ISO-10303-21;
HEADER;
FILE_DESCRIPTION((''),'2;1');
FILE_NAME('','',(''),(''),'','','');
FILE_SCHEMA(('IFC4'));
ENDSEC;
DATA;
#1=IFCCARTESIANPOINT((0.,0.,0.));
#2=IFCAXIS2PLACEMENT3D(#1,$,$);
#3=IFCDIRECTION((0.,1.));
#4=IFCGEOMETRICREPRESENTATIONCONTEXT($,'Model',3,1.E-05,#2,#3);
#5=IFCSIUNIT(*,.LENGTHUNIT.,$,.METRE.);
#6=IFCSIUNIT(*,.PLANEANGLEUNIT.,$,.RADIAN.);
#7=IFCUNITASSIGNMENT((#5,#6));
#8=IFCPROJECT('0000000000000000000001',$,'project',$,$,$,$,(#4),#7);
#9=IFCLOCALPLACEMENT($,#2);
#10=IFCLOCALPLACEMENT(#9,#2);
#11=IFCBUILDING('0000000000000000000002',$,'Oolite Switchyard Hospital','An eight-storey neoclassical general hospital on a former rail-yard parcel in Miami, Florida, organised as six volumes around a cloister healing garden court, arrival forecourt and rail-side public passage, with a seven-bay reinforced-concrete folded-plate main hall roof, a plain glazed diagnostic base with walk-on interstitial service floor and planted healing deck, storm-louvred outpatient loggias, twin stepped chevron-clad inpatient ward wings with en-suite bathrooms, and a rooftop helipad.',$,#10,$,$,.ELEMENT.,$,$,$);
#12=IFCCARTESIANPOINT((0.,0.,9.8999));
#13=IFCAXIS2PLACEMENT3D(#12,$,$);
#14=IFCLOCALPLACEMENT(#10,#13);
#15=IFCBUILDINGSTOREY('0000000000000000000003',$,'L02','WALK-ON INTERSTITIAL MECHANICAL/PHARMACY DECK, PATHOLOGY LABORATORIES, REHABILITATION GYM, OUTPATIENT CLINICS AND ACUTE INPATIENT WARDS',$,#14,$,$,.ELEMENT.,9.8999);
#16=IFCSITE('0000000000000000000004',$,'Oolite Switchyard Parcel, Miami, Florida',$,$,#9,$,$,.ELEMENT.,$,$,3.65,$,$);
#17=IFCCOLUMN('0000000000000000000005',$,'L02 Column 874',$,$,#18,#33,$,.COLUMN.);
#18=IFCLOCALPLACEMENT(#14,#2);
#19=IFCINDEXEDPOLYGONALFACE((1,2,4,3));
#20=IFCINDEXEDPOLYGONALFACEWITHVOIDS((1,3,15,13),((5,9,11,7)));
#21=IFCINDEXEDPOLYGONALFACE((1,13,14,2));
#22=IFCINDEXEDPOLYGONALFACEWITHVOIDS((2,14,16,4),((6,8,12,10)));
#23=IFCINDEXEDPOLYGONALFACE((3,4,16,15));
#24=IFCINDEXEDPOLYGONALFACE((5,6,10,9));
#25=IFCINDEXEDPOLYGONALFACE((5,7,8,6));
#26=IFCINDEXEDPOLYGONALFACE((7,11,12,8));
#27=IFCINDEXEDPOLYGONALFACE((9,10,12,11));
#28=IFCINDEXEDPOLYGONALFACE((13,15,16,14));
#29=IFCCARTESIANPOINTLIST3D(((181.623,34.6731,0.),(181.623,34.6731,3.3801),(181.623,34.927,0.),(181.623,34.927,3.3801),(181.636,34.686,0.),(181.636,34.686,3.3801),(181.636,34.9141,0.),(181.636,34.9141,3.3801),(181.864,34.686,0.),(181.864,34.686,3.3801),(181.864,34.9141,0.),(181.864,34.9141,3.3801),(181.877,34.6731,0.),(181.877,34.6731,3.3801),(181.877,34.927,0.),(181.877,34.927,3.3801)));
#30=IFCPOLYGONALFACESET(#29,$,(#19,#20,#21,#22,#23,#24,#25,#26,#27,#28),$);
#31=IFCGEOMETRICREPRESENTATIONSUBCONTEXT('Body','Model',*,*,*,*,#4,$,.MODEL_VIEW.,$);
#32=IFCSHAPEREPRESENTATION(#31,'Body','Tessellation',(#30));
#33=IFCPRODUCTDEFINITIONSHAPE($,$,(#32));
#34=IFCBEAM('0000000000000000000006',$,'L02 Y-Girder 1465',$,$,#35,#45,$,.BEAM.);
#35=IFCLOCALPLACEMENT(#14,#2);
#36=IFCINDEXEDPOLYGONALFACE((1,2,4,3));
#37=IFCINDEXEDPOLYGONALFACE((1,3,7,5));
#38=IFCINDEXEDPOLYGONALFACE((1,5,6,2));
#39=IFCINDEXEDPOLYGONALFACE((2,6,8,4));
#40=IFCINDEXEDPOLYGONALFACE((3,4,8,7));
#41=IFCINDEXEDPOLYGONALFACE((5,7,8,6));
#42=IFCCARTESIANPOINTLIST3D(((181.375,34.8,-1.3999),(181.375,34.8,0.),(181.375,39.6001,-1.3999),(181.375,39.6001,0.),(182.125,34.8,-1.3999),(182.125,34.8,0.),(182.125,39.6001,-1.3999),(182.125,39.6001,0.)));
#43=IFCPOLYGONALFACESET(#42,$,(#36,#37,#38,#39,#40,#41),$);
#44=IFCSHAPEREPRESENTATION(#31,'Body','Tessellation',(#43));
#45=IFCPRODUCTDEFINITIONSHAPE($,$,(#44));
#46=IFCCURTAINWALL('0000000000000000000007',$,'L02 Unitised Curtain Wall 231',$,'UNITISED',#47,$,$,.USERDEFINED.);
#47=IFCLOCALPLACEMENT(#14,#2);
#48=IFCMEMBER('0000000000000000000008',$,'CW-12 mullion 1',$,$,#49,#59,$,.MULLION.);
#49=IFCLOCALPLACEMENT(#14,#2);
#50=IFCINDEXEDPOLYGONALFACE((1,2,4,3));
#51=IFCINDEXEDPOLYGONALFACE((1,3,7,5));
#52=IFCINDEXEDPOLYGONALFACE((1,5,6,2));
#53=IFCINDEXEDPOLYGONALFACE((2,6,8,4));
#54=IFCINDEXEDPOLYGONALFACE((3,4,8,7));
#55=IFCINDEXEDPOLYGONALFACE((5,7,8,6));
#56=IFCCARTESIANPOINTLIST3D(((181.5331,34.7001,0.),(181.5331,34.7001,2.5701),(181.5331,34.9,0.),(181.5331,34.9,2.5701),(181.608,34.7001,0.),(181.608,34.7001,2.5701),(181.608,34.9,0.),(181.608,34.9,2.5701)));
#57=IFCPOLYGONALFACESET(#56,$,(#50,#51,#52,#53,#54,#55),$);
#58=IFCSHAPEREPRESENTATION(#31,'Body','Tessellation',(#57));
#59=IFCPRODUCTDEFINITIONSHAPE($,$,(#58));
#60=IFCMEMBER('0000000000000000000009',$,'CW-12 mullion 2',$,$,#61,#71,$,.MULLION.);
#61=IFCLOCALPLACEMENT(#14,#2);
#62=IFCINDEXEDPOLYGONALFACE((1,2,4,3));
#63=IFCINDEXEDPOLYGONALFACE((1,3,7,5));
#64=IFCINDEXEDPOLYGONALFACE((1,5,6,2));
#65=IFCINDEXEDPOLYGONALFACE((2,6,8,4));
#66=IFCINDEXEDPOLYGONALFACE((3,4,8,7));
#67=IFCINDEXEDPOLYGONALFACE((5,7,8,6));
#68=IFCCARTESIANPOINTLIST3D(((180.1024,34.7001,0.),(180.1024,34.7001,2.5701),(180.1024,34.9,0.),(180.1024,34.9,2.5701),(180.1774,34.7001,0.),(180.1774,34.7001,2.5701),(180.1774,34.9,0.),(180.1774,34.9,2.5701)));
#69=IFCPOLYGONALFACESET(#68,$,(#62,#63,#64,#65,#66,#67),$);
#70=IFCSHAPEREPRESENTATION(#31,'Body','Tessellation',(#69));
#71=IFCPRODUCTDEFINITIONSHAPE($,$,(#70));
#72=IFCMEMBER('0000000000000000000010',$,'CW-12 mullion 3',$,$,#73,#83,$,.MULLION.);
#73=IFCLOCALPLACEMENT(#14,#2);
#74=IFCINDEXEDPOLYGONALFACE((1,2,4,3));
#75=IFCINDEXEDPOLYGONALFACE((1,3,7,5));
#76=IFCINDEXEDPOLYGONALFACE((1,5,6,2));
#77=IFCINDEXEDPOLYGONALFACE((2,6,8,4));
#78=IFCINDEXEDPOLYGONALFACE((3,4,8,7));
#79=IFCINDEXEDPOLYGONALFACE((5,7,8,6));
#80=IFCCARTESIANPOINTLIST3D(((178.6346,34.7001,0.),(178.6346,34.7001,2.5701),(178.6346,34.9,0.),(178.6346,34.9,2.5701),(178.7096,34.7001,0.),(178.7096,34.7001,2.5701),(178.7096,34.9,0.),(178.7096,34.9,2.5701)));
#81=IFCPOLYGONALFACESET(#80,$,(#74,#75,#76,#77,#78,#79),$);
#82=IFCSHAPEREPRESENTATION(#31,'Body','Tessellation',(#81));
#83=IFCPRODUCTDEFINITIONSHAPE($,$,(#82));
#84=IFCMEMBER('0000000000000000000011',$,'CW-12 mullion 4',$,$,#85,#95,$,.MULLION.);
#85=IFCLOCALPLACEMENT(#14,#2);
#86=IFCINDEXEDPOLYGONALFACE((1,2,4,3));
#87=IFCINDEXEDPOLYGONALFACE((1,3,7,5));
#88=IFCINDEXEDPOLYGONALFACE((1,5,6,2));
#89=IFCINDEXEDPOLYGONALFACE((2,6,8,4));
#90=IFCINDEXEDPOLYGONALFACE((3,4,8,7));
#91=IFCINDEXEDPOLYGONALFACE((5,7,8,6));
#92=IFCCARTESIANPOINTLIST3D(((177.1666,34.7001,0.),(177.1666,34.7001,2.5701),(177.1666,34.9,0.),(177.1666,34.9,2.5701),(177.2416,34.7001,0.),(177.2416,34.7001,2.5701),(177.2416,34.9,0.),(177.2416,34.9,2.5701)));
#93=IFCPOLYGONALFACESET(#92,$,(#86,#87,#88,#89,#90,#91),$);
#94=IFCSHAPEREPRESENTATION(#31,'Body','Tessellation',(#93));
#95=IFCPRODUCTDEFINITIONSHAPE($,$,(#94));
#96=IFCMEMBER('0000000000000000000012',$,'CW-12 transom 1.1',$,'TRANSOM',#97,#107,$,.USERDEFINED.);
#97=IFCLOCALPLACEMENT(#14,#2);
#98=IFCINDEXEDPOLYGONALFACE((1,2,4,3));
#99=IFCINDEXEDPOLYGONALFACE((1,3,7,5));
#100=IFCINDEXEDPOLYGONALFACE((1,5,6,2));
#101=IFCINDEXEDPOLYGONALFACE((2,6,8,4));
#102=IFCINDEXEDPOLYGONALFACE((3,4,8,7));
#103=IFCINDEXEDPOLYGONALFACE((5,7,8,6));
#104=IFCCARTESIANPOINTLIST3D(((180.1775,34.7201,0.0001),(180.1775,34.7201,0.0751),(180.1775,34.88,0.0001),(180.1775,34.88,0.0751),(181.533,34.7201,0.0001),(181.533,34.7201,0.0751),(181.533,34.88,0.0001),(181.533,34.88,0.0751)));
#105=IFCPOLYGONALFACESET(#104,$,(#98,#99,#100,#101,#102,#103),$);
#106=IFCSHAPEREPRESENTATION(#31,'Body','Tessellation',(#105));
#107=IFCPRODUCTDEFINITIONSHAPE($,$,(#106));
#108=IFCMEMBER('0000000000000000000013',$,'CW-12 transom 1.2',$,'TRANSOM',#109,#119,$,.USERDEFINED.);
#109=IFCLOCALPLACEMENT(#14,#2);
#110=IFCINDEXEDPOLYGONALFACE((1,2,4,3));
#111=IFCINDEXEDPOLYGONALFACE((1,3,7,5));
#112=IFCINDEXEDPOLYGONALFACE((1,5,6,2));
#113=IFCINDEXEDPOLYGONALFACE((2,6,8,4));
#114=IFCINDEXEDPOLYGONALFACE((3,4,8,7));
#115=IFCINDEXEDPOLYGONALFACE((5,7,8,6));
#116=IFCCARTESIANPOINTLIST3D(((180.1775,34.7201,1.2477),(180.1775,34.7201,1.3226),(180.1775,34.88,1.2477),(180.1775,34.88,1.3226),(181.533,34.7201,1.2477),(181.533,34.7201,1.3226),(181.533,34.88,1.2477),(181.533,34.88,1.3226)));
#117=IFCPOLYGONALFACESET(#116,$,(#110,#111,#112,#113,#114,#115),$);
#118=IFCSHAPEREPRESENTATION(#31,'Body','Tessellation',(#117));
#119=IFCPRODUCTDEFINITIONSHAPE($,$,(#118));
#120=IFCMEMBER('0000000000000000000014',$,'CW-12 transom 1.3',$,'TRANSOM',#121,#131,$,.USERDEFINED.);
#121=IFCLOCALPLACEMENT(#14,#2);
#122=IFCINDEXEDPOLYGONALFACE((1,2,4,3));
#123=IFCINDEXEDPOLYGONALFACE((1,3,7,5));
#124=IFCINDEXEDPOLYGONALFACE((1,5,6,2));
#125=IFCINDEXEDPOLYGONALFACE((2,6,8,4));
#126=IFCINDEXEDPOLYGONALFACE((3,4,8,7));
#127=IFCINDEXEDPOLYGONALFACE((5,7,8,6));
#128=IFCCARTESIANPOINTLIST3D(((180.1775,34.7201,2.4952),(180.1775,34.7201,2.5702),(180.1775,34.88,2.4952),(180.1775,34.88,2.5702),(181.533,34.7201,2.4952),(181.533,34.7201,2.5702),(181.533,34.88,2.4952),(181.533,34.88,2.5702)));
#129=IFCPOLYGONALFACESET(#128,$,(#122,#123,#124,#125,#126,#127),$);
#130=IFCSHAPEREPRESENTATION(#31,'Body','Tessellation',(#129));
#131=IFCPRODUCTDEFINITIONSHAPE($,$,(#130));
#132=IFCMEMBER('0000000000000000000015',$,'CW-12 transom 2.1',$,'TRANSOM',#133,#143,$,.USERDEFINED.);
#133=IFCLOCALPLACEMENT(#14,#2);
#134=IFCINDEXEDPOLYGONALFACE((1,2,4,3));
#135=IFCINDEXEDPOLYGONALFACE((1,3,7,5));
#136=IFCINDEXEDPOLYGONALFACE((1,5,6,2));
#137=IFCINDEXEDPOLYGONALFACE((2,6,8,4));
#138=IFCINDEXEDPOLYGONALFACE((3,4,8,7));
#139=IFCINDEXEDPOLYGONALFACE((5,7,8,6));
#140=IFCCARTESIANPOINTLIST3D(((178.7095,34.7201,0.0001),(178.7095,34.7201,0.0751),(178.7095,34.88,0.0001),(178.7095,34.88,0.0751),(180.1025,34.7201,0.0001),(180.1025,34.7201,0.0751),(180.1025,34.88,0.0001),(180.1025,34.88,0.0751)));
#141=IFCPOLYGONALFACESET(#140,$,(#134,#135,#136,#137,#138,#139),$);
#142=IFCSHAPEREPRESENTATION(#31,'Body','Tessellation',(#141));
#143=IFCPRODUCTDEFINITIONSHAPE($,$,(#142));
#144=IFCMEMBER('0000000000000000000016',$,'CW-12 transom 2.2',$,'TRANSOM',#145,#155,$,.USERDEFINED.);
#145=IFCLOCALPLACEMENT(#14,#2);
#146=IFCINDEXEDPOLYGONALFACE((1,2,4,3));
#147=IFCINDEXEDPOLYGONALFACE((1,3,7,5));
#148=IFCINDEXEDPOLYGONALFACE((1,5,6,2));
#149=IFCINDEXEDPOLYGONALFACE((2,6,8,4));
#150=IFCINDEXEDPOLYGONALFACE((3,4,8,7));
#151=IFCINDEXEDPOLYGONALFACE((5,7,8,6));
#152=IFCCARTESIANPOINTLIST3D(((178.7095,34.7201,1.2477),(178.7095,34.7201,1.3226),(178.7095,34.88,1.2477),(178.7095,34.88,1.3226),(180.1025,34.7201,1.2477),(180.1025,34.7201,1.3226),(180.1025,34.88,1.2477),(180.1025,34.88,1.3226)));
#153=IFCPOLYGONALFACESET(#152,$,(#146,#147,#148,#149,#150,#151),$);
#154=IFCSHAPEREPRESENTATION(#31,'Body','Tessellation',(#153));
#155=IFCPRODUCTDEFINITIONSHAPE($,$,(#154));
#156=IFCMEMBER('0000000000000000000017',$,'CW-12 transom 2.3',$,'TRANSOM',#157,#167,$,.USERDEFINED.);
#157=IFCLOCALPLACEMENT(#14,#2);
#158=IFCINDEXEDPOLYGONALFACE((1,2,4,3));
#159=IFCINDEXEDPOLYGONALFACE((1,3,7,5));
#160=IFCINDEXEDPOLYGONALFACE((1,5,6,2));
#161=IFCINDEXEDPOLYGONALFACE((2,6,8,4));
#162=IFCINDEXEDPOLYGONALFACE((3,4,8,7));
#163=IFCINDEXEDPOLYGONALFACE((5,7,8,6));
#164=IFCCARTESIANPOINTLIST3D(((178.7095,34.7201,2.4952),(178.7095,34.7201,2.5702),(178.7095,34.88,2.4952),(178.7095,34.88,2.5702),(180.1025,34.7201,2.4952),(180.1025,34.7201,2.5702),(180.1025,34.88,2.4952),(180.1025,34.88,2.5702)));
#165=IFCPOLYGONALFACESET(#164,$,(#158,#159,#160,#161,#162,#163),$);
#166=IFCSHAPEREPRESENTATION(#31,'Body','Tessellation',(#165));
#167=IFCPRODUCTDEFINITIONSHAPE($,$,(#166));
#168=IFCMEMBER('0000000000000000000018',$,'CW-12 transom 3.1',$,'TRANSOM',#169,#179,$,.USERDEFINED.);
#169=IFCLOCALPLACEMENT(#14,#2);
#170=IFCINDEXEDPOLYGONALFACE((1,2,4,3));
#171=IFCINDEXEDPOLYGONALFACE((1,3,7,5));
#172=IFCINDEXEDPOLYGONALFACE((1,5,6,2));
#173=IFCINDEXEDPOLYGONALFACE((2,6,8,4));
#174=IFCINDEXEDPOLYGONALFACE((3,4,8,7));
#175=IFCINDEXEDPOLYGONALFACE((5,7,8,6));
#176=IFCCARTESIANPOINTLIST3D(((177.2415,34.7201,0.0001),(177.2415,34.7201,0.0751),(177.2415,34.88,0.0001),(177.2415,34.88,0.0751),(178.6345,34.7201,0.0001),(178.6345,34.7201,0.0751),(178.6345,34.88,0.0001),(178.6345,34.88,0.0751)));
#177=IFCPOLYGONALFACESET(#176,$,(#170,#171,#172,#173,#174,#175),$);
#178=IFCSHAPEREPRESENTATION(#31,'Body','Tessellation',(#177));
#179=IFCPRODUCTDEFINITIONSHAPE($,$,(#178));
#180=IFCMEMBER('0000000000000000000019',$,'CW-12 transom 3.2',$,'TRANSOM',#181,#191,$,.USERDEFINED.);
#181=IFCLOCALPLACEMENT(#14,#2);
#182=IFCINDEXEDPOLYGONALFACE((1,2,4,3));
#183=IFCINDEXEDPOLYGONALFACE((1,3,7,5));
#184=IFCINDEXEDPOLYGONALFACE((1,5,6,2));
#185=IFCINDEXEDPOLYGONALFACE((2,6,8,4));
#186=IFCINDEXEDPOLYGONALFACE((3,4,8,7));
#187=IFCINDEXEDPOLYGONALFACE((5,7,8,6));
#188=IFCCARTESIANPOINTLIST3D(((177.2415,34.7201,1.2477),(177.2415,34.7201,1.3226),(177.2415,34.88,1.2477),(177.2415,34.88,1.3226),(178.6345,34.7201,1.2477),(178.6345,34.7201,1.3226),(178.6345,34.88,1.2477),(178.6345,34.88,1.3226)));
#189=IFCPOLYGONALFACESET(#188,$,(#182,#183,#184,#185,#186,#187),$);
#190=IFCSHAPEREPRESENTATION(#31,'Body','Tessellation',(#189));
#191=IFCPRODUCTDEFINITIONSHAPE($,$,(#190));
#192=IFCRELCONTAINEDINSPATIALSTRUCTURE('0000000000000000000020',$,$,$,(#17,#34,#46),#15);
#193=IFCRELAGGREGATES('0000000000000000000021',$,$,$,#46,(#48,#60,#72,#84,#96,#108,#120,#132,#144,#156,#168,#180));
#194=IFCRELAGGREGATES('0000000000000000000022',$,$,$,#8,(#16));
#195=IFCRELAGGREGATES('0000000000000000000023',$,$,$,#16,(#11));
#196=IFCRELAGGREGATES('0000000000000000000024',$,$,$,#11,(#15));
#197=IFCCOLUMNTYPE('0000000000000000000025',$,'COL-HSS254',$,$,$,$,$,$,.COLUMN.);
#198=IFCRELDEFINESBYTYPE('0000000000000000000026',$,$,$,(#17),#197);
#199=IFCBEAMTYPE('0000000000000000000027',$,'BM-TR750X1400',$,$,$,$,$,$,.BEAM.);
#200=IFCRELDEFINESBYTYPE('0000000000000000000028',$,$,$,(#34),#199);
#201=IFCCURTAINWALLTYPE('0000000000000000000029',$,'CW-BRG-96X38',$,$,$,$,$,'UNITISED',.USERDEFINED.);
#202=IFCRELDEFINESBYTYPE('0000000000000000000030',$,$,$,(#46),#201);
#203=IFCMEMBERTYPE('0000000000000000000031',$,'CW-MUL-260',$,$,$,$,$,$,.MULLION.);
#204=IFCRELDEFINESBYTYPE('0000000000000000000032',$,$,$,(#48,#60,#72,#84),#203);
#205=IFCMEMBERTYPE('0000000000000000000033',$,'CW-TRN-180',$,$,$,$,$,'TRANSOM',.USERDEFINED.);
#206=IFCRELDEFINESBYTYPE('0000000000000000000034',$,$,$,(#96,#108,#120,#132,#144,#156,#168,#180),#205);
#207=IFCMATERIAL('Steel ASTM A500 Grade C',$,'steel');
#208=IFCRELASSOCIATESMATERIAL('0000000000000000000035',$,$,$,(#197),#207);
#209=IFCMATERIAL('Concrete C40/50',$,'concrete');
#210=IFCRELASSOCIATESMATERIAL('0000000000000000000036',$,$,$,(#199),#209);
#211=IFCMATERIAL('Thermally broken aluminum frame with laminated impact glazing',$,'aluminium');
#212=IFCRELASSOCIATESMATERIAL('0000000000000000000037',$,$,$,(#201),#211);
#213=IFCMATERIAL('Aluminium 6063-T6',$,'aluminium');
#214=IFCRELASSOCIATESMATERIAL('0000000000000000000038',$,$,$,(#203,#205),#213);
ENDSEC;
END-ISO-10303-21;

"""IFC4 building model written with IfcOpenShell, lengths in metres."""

from ifc_helpers import new_model, si_unit, direction, frame, origin, origin_2d, place, context, subcontext, project, spatial, rectangle, hollow_rectangle, extrude, material, material_profile, profile_set, type_object, element, aggregate, save


model = new_model("IFC4")

# Units and contexts
model_context = context("Model", 3, precision=1e-05, world=origin(), true_north=direction((0.0, 1.0)))
body_context = subcontext(model_context, "Body", "Model", "MODEL_VIEW")
ifc_project = project(units=[si_unit("LENGTHUNIT", "METRE"), si_unit("PLANEANGLEUNIT", "RADIAN")], contexts=[model_context])

# Site, building, storey
site_placement = place(None, origin())
site = spatial("IfcSite", under=ifc_project, at=site_placement, Name="Oolite Switchyard Parcel, Miami, Florida", CompositionType="ELEMENT", RefElevation=3.65)
building_placement = place(site_placement, origin())
building = spatial("IfcBuilding", under=site, at=building_placement, Name="Oolite Switchyard Hospital", Description="An eight-storey neoclassical general hospital on a former rail-yard parcel in Miami, Florida, organised as six volumes around a cloister healing garden court, arrival forecourt and rail-side public passage, with a seven-bay reinforced-concrete folded-plate main hall roof, a plain glazed diagnostic base with walk-on interstitial service floor and planted healing deck, storm-louvred outpatient loggias, twin stepped chevron-clad inpatient ward wings with en-suite bathrooms, and a rooftop helipad.", CompositionType="ELEMENT")
storey_placement = place(building_placement, frame((0.0, 0.0, 9.8999)))
storey = spatial("IfcBuildingStorey", under=building, at=storey_placement, Name="L02", Description="WALK-ON INTERSTITIAL MECHANICAL/PHARMACY DECK, PATHOLOGY LABORATORIES, REHABILITATION GYM, OUTPATIENT CLINICS AND ACUTE INPATIENT WARDS", CompositionType="ELEMENT", Elevation=9.8999)

# Column
ifc_material_1 = material(Name="Steel ASTM A500 Grade C", Category="steel")
ifc_material_profile_1 = material_profile(ifc_material_1, hollow_rectangle(XDim=0.2539, YDim=0.2539, WallThickness=0.0129, at=origin_2d()), Name="HSS254X254X13")
ifc_profile_set_1 = profile_set([ifc_material_profile_1], Name="Steel ASTM A500 Grade C")
column_type = type_object("IfcColumnType", Name="COL-HSS254", PredefinedType="COLUMN", material=ifc_profile_set_1)
column_placement = place(storey_placement, frame((181.75, 34.8, 0.0), z_axis=(0.0, 0.0, 1.0), x_axis=(1.0, 0.0, 0.0)))
element("IfcColumn", 1, at=column_placement, inside=storey, type_object=column_type, Name="L02 Column 874", PredefinedType="COLUMN", context=body_context, shape_type="SweptSolid", body=[
    extrude(hollow_rectangle(XDim=0.2539, YDim=0.2539, WallThickness=0.0129, at=origin_2d()), origin(), (0.0, 0.0, 1.0), 3.3801),
])

# Beam
ifc_material_2 = material(Name="Concrete C40/50", Category="concrete")
ifc_material_profile_2 = material_profile(ifc_material_2, rectangle(XDim=0.75, YDim=1.3999, at=origin_2d()), Name="RCT750X1400")
ifc_profile_set_2 = profile_set([ifc_material_profile_2], Name="Concrete C40/50")
beam_type = type_object("IfcBeamType", Name="BM-TR750X1400", PredefinedType="BEAM", material=ifc_profile_set_2)
beam_placement = place(storey_placement, frame((181.75, 34.8, -0.7), z_axis=(0.0, 1.0, 0.0), x_axis=(-1.0, 0.0, 0.0)))
element("IfcBeam", 2, at=beam_placement, inside=storey, type_object=beam_type, Name="L02 Y-Girder 1465", PredefinedType="BEAM", context=body_context, shape_type="SweptSolid", body=[
    extrude(rectangle(XDim=0.75, YDim=1.3999, at=origin_2d()), origin(), (0.0, 0.0, 1.0), 4.8),
])

# Curtain wall, members
ifc_material_3 = material(Name="Thermally broken aluminum frame with laminated impact glazing", Category="aluminium")
curtain_wall_type = type_object("IfcCurtainWallType", Name="CW-BRG-96X38", ElementType="UNITISED", PredefinedType="USERDEFINED", material=ifc_material_3)
curtain_wall_placement = place(storey_placement, origin())
curtain_wall = element("IfcCurtainWall", 3, at=curtain_wall_placement, inside=storey, type_object=curtain_wall_type, Name="L02 Unitised Curtain Wall 231", ObjectType="UNITISED", PredefinedType="USERDEFINED")
ifc_material_4 = material(Name="Aluminium 6063-T6", Category="aluminium")
ifc_material_profile_3 = material_profile(ifc_material_4, rectangle(XDim=0.2, YDim=0.075, at=origin_2d()), Name="CWM75X200")
ifc_profile_set_3 = profile_set([ifc_material_profile_3], Name="Aluminium 6063-T6")
member_type_1 = type_object("IfcMemberType", Name="CW-MUL-260", PredefinedType="MULLION", material=ifc_profile_set_3)
member_1_placement = place(storey_placement, frame((181.5706, 34.8, 0.0), z_axis=(0.0, 0.0, 1.0), x_axis=(0.0, -1.0, 0.0)))
member_1 = element("IfcMember", 4, at=member_1_placement, type_object=member_type_1, Name="CW-12 mullion 1", PredefinedType="MULLION", context=body_context, shape_type="SweptSolid", body=[
    extrude(rectangle(XDim=0.2, YDim=0.075, at=origin_2d()), origin(), (0.0, 0.0, 1.0), 2.5701),
])
member_2_placement = place(storey_placement, frame((180.1399, 34.8, 0.0), z_axis=(0.0, 0.0, 1.0), x_axis=(0.0, -1.0, 0.0)))
member_2 = element("IfcMember", 5, at=member_2_placement, type_object=member_type_1, Name="CW-12 mullion 2", PredefinedType="MULLION", context=body_context, shape_type="SweptSolid", body=[
    extrude(rectangle(XDim=0.2, YDim=0.075, at=origin_2d()), origin(), (0.0, 0.0, 1.0), 2.5701),
])
member_3_placement = place(storey_placement, frame((178.6721, 34.8, 0.0), z_axis=(0.0, 0.0, 1.0), x_axis=(0.0, -1.0, 0.0)))
member_3 = element("IfcMember", 6, at=member_3_placement, type_object=member_type_1, Name="CW-12 mullion 3", PredefinedType="MULLION", context=body_context, shape_type="SweptSolid", body=[
    extrude(rectangle(XDim=0.2, YDim=0.075, at=origin_2d()), origin(), (0.0, 0.0, 1.0), 2.5701),
])
member_4_placement = place(storey_placement, frame((177.2041, 34.8, 0.0), z_axis=(0.0, 0.0, 1.0), x_axis=(0.0, -1.0, 0.0)))
member_4 = element("IfcMember", 7, at=member_4_placement, type_object=member_type_1, Name="CW-12 mullion 4", PredefinedType="MULLION", context=body_context, shape_type="SweptSolid", body=[
    extrude(rectangle(XDim=0.2, YDim=0.075, at=origin_2d()), origin(), (0.0, 0.0, 1.0), 2.5701),
])
ifc_material_profile_4 = material_profile(ifc_material_4, rectangle(XDim=0.1599, YDim=0.075, at=origin_2d()), Name="CWT75X160")
ifc_profile_set_4 = profile_set([ifc_material_profile_4], Name="Aluminium 6063-T6")
member_type_2 = type_object("IfcMemberType", Name="CW-TRN-180", ElementType="TRANSOM", PredefinedType="USERDEFINED", material=ifc_profile_set_4)
member_5_placement = place(storey_placement, frame((181.533, 34.8, 0.0376), z_axis=(-1.0, 0.0, 0.0), x_axis=(0.0, -1.0, 0.0)))
member_5 = element("IfcMember", 8, at=member_5_placement, type_object=member_type_2, Name="CW-12 transom 1.1", ObjectType="TRANSOM", PredefinedType="USERDEFINED", context=body_context, shape_type="SweptSolid", body=[
    extrude(rectangle(XDim=0.1599, YDim=0.075, at=origin_2d()), origin(), (0.0, 0.0, 1.0), 1.3555),
])
member_6_placement = place(storey_placement, frame((181.533, 34.8, 1.2852), z_axis=(-1.0, 0.0, 0.0), x_axis=(0.0, -1.0, 0.0)))
member_6 = element("IfcMember", 9, at=member_6_placement, type_object=member_type_2, Name="CW-12 transom 1.2", ObjectType="TRANSOM", PredefinedType="USERDEFINED", context=body_context, shape_type="SweptSolid", body=[
    extrude(rectangle(XDim=0.1599, YDim=0.075, at=origin_2d()), origin(), (0.0, 0.0, 1.0), 1.3555),
])
member_7_placement = place(storey_placement, frame((181.533, 34.8, 2.5327), z_axis=(-1.0, 0.0, 0.0), x_axis=(0.0, -1.0, 0.0)))
member_7 = element("IfcMember", 10, at=member_7_placement, type_object=member_type_2, Name="CW-12 transom 1.3", ObjectType="TRANSOM", PredefinedType="USERDEFINED", context=body_context, shape_type="SweptSolid", body=[
    extrude(rectangle(XDim=0.1599, YDim=0.075, at=origin_2d()), origin(), (0.0, 0.0, 1.0), 1.3555),
])
member_8_placement = place(storey_placement, frame((180.1025, 34.8, 0.0376), z_axis=(-1.0, 0.0, 0.0), x_axis=(0.0, -1.0, 0.0)))
member_8 = element("IfcMember", 11, at=member_8_placement, type_object=member_type_2, Name="CW-12 transom 2.1", ObjectType="TRANSOM", PredefinedType="USERDEFINED", context=body_context, shape_type="SweptSolid", body=[
    extrude(rectangle(XDim=0.1599, YDim=0.075, at=origin_2d()), origin(), (0.0, 0.0, 1.0), 1.3931),
])
member_9_placement = place(storey_placement, frame((180.1025, 34.8, 1.2852), z_axis=(-1.0, 0.0, 0.0), x_axis=(0.0, -1.0, 0.0)))
member_9 = element("IfcMember", 12, at=member_9_placement, type_object=member_type_2, Name="CW-12 transom 2.2", ObjectType="TRANSOM", PredefinedType="USERDEFINED", context=body_context, shape_type="SweptSolid", body=[
    extrude(rectangle(XDim=0.1599, YDim=0.075, at=origin_2d()), origin(), (0.0, 0.0, 1.0), 1.3931),
])
member_10_placement = place(storey_placement, frame((180.1025, 34.8, 2.5327), z_axis=(-1.0, 0.0, 0.0), x_axis=(0.0, -1.0, 0.0)))
member_10 = element("IfcMember", 13, at=member_10_placement, type_object=member_type_2, Name="CW-12 transom 2.3", ObjectType="TRANSOM", PredefinedType="USERDEFINED", context=body_context, shape_type="SweptSolid", body=[
    extrude(rectangle(XDim=0.1599, YDim=0.075, at=origin_2d()), origin(), (0.0, 0.0, 1.0), 1.3931),
])
member_11_placement = place(storey_placement, frame((178.6345, 34.8, 0.0376), z_axis=(-1.0, 0.0, 0.0), x_axis=(0.0, -1.0, 0.0)))
member_11 = element("IfcMember", 14, at=member_11_placement, type_object=member_type_2, Name="CW-12 transom 3.1", ObjectType="TRANSOM", PredefinedType="USERDEFINED", context=body_context, shape_type="SweptSolid", body=[
    extrude(rectangle(XDim=0.1599, YDim=0.075, at=origin_2d()), origin(), (0.0, 0.0, 1.0), 1.3931),
])
member_12_placement = place(storey_placement, frame((178.6345, 34.8, 1.2852), z_axis=(-1.0, 0.0, 0.0), x_axis=(0.0, -1.0, 0.0)))
member_12 = element("IfcMember", 15, at=member_12_placement, type_object=member_type_2, Name="CW-12 transom 3.2", ObjectType="TRANSOM", PredefinedType="USERDEFINED", context=body_context, shape_type="SweptSolid", body=[
    extrude(rectangle(XDim=0.1599, YDim=0.075, at=origin_2d()), origin(), (0.0, 0.0, 1.0), 1.3931),
])
aggregate(curtain_wall, [member_1, member_2, member_3, member_4, member_5, member_6, member_7, member_8, member_9, member_10, member_11, member_12])

save(model, "model.ifc")
